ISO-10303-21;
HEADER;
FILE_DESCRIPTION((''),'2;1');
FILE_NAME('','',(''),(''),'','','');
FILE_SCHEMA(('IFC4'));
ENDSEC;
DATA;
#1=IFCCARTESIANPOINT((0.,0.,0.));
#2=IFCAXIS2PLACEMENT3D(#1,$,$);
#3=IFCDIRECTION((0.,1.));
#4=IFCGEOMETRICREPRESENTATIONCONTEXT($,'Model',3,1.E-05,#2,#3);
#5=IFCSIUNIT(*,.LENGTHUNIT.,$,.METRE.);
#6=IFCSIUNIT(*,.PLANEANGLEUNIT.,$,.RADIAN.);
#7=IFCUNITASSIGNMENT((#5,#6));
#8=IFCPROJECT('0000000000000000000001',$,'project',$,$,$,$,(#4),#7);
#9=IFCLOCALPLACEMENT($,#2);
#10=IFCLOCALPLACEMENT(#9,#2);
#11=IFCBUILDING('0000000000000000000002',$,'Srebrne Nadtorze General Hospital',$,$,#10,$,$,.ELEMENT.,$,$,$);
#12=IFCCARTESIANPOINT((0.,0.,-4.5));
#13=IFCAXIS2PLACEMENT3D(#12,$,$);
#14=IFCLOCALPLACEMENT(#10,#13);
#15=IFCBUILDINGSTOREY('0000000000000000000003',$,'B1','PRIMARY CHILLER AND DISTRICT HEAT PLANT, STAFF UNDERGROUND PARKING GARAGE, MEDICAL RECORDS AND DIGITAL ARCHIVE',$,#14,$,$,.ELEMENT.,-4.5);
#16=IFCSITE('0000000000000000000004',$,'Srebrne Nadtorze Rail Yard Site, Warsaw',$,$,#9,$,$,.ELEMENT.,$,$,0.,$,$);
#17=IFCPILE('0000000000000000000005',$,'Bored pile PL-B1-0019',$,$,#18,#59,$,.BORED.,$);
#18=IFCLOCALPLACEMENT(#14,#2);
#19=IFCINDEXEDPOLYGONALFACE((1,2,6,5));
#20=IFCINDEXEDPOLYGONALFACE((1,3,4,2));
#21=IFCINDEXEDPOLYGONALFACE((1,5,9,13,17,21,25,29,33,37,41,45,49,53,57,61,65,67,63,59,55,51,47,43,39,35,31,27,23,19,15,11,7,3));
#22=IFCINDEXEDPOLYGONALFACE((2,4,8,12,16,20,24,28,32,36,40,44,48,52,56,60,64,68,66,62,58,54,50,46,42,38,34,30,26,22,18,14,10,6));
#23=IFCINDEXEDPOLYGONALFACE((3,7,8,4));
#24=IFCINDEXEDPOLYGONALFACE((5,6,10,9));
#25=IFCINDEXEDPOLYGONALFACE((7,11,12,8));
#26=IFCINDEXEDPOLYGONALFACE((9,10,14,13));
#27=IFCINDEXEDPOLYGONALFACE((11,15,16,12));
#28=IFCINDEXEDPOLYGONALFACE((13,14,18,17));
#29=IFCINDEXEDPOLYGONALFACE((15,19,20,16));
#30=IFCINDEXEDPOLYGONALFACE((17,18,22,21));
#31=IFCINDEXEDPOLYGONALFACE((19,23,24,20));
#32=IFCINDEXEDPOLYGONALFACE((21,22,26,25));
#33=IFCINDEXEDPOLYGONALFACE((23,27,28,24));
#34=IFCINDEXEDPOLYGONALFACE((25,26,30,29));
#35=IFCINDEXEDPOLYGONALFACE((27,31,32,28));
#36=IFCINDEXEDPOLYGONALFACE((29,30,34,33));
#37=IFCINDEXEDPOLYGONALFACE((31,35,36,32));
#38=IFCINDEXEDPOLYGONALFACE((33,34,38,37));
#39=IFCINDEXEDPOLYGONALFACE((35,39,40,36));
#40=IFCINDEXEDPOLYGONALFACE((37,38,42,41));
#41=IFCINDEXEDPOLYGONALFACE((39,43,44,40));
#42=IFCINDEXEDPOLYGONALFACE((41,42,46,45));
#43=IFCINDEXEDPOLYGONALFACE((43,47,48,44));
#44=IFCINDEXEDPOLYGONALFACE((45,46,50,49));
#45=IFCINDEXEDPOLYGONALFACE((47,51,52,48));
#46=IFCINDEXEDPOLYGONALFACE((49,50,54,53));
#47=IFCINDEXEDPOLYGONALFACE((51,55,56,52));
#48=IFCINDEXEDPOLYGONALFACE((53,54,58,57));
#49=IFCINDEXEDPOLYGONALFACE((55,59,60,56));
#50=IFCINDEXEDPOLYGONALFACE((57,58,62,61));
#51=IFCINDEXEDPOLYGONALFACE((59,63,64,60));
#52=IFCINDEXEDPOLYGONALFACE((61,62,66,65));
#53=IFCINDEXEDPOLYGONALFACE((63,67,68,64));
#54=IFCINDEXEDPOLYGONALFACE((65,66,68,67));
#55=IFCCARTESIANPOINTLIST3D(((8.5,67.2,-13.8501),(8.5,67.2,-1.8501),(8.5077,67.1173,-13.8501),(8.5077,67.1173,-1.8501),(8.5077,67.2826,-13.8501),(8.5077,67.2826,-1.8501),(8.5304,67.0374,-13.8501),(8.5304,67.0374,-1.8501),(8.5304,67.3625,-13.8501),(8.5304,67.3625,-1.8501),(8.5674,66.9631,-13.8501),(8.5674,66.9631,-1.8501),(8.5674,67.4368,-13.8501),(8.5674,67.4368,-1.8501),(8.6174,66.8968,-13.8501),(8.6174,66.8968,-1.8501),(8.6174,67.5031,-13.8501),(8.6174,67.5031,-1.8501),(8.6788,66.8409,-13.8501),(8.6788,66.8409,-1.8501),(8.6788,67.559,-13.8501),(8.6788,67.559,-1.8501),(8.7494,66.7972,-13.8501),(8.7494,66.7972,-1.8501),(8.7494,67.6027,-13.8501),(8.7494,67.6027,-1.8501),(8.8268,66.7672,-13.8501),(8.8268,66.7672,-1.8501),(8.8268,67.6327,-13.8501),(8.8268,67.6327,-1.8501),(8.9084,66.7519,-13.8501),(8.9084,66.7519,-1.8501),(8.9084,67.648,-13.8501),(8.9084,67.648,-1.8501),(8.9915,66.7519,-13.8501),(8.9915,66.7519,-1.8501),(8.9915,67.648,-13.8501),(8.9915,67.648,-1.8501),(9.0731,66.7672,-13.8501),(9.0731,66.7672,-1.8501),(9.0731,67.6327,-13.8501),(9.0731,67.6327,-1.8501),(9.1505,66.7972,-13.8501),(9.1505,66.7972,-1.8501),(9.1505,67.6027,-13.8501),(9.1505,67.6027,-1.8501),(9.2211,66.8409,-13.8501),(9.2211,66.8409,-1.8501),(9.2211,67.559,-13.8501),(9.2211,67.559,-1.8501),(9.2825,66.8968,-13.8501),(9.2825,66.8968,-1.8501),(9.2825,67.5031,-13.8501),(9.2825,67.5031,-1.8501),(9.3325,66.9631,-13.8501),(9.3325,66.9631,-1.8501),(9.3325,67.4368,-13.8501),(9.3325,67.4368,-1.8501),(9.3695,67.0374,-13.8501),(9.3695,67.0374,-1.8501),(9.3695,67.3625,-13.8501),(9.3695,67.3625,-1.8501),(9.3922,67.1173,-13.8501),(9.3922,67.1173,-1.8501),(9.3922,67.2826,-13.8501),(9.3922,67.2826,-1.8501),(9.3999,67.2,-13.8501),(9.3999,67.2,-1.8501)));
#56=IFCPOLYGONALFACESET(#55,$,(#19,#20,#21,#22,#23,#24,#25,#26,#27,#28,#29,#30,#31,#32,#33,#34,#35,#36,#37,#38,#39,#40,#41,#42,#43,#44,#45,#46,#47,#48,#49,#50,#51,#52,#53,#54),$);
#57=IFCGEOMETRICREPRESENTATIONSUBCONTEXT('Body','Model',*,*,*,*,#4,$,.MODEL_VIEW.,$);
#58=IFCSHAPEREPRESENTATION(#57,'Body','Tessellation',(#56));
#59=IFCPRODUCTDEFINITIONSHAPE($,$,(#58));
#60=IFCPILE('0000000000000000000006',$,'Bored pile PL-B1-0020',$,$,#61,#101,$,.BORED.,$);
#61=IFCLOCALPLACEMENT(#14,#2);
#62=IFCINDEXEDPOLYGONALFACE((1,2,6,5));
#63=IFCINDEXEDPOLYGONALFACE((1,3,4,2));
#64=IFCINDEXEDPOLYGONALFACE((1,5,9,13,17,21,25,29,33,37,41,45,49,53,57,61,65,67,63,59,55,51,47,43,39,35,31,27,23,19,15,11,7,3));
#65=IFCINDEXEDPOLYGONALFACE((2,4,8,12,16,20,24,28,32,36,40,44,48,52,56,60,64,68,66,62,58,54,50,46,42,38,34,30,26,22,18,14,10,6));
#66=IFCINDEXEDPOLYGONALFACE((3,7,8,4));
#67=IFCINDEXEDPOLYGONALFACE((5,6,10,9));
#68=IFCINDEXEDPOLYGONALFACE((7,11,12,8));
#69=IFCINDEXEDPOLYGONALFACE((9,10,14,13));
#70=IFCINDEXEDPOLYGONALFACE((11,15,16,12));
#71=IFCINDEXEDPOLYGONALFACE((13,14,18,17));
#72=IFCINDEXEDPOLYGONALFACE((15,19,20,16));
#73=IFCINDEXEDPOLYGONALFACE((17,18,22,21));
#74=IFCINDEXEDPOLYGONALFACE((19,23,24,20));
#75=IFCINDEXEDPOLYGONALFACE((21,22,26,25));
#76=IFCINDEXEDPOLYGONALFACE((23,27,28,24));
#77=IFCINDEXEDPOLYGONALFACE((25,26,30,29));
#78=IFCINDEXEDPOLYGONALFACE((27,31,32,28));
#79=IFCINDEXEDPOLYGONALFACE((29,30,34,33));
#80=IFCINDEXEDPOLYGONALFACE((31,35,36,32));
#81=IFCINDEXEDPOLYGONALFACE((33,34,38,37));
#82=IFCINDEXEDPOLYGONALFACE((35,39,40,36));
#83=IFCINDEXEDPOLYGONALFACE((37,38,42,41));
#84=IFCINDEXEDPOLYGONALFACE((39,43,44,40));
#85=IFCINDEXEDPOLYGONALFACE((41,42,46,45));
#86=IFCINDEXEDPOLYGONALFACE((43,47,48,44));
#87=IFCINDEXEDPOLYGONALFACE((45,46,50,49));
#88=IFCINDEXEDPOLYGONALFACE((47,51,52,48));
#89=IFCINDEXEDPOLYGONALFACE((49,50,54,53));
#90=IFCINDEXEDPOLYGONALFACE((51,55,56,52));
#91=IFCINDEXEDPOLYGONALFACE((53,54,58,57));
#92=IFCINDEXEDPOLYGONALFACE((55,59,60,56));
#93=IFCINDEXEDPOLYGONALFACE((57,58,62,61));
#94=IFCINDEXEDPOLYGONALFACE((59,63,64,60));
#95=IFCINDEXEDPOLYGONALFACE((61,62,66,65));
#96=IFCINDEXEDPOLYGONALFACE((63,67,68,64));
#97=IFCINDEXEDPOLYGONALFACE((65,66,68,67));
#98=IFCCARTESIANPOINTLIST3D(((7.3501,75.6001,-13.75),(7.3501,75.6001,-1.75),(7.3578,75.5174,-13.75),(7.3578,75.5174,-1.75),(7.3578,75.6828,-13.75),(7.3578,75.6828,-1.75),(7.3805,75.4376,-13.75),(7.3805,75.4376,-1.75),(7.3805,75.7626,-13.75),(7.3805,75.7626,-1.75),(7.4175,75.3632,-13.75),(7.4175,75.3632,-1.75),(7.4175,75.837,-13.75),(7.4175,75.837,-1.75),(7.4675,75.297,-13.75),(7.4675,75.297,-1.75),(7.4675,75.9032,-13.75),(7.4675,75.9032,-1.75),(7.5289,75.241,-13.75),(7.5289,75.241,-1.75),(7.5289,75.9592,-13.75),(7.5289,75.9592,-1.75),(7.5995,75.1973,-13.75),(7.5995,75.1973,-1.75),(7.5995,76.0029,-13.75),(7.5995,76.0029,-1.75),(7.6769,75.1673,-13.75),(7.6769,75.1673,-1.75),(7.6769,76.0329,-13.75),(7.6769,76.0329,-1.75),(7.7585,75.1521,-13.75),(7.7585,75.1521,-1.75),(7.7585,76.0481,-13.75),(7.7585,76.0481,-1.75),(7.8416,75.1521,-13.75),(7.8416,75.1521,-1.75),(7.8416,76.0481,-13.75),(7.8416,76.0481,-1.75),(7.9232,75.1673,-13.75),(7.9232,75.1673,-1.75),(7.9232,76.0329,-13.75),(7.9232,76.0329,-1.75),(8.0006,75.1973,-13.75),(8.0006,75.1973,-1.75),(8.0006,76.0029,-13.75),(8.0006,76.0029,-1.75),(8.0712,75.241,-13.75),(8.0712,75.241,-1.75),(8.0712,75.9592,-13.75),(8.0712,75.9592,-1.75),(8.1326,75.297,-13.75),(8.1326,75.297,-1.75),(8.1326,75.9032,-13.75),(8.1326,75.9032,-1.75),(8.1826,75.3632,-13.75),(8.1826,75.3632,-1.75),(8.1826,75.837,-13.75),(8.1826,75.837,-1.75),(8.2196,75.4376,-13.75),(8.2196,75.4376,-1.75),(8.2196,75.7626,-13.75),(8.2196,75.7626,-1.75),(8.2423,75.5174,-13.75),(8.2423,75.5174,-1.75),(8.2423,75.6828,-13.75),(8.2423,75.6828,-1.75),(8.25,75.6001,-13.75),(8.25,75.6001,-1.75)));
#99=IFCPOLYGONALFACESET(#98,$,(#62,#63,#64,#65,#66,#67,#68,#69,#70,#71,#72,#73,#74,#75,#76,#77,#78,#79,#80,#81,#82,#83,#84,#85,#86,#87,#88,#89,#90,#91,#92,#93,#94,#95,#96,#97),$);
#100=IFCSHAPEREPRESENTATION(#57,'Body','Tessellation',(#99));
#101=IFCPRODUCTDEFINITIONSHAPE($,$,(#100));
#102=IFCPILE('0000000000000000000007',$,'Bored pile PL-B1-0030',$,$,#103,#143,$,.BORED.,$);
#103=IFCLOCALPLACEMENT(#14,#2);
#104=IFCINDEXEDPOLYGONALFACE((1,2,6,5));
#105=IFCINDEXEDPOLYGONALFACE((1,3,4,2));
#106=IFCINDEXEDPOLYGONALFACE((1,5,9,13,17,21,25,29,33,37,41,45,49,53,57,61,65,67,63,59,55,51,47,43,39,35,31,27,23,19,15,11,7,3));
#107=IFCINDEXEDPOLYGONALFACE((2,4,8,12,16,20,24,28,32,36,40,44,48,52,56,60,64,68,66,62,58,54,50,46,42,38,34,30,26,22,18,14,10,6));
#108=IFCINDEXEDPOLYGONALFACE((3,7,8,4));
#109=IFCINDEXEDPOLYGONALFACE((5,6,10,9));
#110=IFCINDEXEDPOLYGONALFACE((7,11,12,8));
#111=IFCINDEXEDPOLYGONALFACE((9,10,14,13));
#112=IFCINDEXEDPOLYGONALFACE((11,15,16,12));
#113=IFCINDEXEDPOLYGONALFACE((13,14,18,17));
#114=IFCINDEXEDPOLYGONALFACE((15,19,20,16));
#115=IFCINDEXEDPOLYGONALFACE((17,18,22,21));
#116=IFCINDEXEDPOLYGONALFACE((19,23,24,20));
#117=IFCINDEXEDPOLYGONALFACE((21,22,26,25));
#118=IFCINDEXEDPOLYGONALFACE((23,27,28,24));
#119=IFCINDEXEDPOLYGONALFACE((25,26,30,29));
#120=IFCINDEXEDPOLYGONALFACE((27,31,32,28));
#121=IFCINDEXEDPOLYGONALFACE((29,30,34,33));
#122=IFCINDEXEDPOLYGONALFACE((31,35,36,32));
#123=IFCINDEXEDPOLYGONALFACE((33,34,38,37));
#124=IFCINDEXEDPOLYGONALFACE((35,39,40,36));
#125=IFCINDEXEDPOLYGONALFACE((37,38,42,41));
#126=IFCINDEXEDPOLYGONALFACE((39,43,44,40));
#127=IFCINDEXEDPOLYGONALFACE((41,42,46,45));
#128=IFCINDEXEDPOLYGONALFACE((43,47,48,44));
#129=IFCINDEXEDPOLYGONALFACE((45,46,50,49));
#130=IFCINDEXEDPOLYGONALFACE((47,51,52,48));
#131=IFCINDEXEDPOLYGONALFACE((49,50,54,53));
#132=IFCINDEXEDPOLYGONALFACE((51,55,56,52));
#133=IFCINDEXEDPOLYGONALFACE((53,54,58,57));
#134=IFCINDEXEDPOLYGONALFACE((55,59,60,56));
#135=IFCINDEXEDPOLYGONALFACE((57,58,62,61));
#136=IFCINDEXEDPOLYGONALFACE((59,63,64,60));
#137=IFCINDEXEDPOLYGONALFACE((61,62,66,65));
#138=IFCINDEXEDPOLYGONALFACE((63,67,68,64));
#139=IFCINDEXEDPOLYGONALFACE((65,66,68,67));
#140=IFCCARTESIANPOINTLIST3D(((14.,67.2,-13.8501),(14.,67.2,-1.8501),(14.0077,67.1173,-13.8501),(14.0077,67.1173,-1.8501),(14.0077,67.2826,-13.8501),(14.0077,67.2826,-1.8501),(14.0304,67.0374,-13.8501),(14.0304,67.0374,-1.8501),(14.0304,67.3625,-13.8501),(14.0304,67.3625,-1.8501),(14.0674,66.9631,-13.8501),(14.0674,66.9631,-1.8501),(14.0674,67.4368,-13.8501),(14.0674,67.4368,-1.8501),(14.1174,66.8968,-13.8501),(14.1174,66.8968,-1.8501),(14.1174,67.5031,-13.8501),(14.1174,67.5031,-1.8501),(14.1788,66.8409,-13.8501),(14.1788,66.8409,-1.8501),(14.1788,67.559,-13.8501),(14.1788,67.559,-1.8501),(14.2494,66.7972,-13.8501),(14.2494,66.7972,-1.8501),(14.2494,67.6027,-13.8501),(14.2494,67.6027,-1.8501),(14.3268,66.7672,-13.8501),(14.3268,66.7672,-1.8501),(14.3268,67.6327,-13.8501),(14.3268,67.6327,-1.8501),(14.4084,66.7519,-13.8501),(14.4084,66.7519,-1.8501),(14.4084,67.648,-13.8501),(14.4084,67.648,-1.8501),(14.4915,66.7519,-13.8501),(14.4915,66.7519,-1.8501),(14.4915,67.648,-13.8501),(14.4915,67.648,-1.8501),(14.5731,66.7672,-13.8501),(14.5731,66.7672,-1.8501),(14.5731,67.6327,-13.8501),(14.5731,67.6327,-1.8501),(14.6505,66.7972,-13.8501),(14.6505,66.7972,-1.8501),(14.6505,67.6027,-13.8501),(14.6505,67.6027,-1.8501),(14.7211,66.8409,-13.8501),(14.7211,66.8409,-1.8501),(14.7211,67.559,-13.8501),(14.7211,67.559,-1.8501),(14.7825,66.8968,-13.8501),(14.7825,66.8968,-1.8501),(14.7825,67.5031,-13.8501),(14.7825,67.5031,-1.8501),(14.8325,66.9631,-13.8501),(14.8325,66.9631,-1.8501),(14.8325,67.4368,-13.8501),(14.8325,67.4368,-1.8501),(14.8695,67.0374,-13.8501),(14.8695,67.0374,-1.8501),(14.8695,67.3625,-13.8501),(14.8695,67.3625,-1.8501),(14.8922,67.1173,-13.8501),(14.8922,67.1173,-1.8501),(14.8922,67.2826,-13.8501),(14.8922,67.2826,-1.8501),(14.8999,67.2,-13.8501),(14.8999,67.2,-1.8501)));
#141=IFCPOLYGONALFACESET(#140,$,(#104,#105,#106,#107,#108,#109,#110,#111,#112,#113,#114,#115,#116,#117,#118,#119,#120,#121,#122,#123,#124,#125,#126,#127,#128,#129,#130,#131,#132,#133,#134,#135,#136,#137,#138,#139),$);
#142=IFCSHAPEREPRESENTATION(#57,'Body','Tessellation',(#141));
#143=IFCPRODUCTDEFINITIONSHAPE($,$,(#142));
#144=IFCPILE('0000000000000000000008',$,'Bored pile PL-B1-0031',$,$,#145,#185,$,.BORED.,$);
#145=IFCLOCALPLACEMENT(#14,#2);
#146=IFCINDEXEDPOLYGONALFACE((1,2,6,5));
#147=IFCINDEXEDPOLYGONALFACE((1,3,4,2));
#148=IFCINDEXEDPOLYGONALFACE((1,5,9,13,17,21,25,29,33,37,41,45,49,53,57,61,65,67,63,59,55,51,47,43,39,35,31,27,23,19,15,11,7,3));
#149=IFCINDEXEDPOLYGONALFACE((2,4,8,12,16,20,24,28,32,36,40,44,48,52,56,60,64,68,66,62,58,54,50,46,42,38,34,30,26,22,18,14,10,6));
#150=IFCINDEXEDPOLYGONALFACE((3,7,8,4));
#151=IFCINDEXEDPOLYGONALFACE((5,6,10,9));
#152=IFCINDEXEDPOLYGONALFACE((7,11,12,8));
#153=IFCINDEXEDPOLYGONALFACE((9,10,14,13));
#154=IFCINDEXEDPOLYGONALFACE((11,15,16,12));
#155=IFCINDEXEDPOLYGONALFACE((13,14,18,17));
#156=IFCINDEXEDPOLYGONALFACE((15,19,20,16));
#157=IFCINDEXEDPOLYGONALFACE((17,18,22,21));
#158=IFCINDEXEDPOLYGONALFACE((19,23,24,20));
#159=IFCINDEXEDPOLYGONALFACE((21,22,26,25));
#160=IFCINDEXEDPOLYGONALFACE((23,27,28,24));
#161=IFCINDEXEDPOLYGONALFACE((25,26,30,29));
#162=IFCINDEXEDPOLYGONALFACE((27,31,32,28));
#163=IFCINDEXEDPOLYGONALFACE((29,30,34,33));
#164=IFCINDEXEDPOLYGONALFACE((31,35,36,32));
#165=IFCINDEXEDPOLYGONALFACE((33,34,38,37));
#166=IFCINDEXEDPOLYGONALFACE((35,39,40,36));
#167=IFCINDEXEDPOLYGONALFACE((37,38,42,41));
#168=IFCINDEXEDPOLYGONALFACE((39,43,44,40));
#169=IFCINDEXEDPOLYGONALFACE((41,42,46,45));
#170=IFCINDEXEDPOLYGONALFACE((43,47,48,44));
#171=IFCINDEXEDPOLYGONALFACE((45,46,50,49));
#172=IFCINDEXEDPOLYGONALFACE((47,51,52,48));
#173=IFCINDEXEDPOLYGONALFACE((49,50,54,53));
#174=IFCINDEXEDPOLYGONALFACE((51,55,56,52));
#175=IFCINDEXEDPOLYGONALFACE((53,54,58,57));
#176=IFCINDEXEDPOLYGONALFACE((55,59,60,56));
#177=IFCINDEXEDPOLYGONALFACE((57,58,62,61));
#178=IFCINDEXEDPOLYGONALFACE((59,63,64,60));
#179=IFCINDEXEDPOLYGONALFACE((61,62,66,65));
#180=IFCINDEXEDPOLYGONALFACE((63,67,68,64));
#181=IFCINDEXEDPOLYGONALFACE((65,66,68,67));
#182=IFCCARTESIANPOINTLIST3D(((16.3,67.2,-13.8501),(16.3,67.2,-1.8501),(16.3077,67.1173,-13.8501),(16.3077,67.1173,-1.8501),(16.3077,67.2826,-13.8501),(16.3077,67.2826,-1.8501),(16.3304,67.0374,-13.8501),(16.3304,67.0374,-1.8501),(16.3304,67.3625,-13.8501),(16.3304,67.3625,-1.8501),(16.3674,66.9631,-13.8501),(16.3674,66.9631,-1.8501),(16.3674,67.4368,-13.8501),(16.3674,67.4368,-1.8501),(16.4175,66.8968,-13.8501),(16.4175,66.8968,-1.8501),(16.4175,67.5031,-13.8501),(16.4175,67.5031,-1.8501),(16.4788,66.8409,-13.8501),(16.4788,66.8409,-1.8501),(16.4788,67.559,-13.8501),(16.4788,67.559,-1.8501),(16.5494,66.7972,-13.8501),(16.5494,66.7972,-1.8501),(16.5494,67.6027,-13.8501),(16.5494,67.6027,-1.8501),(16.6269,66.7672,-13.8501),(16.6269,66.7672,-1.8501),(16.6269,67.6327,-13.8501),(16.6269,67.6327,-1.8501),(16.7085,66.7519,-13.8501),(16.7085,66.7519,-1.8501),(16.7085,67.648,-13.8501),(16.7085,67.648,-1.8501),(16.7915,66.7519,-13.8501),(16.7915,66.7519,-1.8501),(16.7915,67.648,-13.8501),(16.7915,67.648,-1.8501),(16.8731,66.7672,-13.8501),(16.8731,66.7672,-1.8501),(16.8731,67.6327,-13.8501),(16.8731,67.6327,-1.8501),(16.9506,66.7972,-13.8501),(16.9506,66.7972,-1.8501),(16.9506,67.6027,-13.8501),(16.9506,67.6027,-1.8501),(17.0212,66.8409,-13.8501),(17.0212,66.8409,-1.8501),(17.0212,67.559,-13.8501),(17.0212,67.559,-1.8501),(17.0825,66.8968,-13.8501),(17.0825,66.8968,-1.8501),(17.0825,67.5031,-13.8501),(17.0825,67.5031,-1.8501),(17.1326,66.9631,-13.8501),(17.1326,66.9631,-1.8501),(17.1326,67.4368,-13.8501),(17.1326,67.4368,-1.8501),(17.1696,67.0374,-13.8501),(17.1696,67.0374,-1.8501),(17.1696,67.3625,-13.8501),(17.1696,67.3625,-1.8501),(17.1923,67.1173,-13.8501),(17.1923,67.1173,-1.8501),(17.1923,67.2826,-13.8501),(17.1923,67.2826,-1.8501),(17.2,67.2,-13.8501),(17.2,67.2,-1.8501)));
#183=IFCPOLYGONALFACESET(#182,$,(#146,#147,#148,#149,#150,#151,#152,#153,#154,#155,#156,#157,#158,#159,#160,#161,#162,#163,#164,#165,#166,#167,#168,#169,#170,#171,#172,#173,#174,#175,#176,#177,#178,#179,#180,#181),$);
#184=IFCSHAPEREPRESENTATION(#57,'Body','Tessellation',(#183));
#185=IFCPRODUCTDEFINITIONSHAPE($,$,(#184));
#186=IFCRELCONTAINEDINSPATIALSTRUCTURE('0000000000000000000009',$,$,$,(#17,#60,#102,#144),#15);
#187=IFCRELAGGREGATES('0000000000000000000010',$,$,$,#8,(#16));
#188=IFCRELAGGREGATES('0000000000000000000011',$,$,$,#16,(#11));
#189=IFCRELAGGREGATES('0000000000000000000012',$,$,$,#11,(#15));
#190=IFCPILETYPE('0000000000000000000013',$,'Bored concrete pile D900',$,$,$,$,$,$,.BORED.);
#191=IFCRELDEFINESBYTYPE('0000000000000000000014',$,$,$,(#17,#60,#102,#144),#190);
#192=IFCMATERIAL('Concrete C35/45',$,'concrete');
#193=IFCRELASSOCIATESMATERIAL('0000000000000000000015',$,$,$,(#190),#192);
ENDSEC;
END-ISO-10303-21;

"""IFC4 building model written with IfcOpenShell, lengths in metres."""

from ifc_helpers import new_model, si_unit, direction, frame, origin, origin_2d, place, context, subcontext, project, spatial, circle, extrude, material, material_profile, profile_set, type_object, element, save


model = new_model("IFC4")

# Units and contexts
model_context = context("Model", 3, precision=1e-05, world=origin(), true_north=direction((0.0, 1.0)))
body_context = subcontext(model_context, "Body", "Model", "MODEL_VIEW")
ifc_project = project(units=[si_unit("LENGTHUNIT", "METRE"), si_unit("PLANEANGLEUNIT", "RADIAN")], contexts=[model_context])

# Site, building, storey
site_placement = place(None, origin())
site = spatial("IfcSite", under=ifc_project, at=site_placement, Name="Srebrne Nadtorze Rail Yard Site, Warsaw", CompositionType="ELEMENT", RefElevation=0.0)
building_placement = place(site_placement, origin())
building = spatial("IfcBuilding", under=site, at=building_placement, Name="Srebrne Nadtorze General Hospital", CompositionType="ELEMENT")
storey_placement = place(building_placement, frame((0.0, 0.0, -4.5)))
storey = spatial("IfcBuildingStorey", under=building, at=storey_placement, Name="B1", Description="PRIMARY CHILLER AND DISTRICT HEAT PLANT, STAFF UNDERGROUND PARKING GARAGE, MEDICAL RECORDS AND DIGITAL ARCHIVE", CompositionType="ELEMENT", Elevation=-4.5)

# Piles
ifc_material_1 = material(Name="Concrete C35/45", Category="concrete")
ifc_material_profile_1 = material_profile(ifc_material_1, circle(Radius=0.45, at=origin_2d()), Name="PILE-D900")
ifc_profile_set_1 = profile_set([ifc_material_profile_1], Name="Concrete C35/45")
pile_type_1 = type_object("IfcPileType", Name="Bored concrete pile D900", PredefinedType="BORED", material=ifc_profile_set_1)
for number, where, z_axis, x_axis, name in (
    (1, (8.95, 67.2, -1.8501), (0.0, 0.0, -1.0), (1.0, 0.0, 0.0), "Bored pile PL-B1-0019"),
    (2, (7.8, 75.6001, -1.75), (0.0, 0.0, -1.0), (1.0, 0.0, 0.0), "Bored pile PL-B1-0020"),
    (3, (14.45, 67.2, -1.8501), (0.0, 0.0, -1.0), (1.0, 0.0, 0.0), "Bored pile PL-B1-0030"),
    (4, (16.75, 67.2, -1.8501), (0.0, 0.0, -1.0), (1.0, 0.0, 0.0), "Bored pile PL-B1-0031"),
):
    element("IfcPile", number, at=place(storey_placement, frame(where, z_axis=z_axis, x_axis=x_axis)), inside=storey, type_object=pile_type_1, Name=name, PredefinedType="BORED", context=body_context, shape_type="SweptSolid", body=[
        extrude(circle(Radius=0.45, at=origin_2d()), origin(), (0.0, 0.0, 1.0), 12.0),
    ])

save(model, "model.ifc")
